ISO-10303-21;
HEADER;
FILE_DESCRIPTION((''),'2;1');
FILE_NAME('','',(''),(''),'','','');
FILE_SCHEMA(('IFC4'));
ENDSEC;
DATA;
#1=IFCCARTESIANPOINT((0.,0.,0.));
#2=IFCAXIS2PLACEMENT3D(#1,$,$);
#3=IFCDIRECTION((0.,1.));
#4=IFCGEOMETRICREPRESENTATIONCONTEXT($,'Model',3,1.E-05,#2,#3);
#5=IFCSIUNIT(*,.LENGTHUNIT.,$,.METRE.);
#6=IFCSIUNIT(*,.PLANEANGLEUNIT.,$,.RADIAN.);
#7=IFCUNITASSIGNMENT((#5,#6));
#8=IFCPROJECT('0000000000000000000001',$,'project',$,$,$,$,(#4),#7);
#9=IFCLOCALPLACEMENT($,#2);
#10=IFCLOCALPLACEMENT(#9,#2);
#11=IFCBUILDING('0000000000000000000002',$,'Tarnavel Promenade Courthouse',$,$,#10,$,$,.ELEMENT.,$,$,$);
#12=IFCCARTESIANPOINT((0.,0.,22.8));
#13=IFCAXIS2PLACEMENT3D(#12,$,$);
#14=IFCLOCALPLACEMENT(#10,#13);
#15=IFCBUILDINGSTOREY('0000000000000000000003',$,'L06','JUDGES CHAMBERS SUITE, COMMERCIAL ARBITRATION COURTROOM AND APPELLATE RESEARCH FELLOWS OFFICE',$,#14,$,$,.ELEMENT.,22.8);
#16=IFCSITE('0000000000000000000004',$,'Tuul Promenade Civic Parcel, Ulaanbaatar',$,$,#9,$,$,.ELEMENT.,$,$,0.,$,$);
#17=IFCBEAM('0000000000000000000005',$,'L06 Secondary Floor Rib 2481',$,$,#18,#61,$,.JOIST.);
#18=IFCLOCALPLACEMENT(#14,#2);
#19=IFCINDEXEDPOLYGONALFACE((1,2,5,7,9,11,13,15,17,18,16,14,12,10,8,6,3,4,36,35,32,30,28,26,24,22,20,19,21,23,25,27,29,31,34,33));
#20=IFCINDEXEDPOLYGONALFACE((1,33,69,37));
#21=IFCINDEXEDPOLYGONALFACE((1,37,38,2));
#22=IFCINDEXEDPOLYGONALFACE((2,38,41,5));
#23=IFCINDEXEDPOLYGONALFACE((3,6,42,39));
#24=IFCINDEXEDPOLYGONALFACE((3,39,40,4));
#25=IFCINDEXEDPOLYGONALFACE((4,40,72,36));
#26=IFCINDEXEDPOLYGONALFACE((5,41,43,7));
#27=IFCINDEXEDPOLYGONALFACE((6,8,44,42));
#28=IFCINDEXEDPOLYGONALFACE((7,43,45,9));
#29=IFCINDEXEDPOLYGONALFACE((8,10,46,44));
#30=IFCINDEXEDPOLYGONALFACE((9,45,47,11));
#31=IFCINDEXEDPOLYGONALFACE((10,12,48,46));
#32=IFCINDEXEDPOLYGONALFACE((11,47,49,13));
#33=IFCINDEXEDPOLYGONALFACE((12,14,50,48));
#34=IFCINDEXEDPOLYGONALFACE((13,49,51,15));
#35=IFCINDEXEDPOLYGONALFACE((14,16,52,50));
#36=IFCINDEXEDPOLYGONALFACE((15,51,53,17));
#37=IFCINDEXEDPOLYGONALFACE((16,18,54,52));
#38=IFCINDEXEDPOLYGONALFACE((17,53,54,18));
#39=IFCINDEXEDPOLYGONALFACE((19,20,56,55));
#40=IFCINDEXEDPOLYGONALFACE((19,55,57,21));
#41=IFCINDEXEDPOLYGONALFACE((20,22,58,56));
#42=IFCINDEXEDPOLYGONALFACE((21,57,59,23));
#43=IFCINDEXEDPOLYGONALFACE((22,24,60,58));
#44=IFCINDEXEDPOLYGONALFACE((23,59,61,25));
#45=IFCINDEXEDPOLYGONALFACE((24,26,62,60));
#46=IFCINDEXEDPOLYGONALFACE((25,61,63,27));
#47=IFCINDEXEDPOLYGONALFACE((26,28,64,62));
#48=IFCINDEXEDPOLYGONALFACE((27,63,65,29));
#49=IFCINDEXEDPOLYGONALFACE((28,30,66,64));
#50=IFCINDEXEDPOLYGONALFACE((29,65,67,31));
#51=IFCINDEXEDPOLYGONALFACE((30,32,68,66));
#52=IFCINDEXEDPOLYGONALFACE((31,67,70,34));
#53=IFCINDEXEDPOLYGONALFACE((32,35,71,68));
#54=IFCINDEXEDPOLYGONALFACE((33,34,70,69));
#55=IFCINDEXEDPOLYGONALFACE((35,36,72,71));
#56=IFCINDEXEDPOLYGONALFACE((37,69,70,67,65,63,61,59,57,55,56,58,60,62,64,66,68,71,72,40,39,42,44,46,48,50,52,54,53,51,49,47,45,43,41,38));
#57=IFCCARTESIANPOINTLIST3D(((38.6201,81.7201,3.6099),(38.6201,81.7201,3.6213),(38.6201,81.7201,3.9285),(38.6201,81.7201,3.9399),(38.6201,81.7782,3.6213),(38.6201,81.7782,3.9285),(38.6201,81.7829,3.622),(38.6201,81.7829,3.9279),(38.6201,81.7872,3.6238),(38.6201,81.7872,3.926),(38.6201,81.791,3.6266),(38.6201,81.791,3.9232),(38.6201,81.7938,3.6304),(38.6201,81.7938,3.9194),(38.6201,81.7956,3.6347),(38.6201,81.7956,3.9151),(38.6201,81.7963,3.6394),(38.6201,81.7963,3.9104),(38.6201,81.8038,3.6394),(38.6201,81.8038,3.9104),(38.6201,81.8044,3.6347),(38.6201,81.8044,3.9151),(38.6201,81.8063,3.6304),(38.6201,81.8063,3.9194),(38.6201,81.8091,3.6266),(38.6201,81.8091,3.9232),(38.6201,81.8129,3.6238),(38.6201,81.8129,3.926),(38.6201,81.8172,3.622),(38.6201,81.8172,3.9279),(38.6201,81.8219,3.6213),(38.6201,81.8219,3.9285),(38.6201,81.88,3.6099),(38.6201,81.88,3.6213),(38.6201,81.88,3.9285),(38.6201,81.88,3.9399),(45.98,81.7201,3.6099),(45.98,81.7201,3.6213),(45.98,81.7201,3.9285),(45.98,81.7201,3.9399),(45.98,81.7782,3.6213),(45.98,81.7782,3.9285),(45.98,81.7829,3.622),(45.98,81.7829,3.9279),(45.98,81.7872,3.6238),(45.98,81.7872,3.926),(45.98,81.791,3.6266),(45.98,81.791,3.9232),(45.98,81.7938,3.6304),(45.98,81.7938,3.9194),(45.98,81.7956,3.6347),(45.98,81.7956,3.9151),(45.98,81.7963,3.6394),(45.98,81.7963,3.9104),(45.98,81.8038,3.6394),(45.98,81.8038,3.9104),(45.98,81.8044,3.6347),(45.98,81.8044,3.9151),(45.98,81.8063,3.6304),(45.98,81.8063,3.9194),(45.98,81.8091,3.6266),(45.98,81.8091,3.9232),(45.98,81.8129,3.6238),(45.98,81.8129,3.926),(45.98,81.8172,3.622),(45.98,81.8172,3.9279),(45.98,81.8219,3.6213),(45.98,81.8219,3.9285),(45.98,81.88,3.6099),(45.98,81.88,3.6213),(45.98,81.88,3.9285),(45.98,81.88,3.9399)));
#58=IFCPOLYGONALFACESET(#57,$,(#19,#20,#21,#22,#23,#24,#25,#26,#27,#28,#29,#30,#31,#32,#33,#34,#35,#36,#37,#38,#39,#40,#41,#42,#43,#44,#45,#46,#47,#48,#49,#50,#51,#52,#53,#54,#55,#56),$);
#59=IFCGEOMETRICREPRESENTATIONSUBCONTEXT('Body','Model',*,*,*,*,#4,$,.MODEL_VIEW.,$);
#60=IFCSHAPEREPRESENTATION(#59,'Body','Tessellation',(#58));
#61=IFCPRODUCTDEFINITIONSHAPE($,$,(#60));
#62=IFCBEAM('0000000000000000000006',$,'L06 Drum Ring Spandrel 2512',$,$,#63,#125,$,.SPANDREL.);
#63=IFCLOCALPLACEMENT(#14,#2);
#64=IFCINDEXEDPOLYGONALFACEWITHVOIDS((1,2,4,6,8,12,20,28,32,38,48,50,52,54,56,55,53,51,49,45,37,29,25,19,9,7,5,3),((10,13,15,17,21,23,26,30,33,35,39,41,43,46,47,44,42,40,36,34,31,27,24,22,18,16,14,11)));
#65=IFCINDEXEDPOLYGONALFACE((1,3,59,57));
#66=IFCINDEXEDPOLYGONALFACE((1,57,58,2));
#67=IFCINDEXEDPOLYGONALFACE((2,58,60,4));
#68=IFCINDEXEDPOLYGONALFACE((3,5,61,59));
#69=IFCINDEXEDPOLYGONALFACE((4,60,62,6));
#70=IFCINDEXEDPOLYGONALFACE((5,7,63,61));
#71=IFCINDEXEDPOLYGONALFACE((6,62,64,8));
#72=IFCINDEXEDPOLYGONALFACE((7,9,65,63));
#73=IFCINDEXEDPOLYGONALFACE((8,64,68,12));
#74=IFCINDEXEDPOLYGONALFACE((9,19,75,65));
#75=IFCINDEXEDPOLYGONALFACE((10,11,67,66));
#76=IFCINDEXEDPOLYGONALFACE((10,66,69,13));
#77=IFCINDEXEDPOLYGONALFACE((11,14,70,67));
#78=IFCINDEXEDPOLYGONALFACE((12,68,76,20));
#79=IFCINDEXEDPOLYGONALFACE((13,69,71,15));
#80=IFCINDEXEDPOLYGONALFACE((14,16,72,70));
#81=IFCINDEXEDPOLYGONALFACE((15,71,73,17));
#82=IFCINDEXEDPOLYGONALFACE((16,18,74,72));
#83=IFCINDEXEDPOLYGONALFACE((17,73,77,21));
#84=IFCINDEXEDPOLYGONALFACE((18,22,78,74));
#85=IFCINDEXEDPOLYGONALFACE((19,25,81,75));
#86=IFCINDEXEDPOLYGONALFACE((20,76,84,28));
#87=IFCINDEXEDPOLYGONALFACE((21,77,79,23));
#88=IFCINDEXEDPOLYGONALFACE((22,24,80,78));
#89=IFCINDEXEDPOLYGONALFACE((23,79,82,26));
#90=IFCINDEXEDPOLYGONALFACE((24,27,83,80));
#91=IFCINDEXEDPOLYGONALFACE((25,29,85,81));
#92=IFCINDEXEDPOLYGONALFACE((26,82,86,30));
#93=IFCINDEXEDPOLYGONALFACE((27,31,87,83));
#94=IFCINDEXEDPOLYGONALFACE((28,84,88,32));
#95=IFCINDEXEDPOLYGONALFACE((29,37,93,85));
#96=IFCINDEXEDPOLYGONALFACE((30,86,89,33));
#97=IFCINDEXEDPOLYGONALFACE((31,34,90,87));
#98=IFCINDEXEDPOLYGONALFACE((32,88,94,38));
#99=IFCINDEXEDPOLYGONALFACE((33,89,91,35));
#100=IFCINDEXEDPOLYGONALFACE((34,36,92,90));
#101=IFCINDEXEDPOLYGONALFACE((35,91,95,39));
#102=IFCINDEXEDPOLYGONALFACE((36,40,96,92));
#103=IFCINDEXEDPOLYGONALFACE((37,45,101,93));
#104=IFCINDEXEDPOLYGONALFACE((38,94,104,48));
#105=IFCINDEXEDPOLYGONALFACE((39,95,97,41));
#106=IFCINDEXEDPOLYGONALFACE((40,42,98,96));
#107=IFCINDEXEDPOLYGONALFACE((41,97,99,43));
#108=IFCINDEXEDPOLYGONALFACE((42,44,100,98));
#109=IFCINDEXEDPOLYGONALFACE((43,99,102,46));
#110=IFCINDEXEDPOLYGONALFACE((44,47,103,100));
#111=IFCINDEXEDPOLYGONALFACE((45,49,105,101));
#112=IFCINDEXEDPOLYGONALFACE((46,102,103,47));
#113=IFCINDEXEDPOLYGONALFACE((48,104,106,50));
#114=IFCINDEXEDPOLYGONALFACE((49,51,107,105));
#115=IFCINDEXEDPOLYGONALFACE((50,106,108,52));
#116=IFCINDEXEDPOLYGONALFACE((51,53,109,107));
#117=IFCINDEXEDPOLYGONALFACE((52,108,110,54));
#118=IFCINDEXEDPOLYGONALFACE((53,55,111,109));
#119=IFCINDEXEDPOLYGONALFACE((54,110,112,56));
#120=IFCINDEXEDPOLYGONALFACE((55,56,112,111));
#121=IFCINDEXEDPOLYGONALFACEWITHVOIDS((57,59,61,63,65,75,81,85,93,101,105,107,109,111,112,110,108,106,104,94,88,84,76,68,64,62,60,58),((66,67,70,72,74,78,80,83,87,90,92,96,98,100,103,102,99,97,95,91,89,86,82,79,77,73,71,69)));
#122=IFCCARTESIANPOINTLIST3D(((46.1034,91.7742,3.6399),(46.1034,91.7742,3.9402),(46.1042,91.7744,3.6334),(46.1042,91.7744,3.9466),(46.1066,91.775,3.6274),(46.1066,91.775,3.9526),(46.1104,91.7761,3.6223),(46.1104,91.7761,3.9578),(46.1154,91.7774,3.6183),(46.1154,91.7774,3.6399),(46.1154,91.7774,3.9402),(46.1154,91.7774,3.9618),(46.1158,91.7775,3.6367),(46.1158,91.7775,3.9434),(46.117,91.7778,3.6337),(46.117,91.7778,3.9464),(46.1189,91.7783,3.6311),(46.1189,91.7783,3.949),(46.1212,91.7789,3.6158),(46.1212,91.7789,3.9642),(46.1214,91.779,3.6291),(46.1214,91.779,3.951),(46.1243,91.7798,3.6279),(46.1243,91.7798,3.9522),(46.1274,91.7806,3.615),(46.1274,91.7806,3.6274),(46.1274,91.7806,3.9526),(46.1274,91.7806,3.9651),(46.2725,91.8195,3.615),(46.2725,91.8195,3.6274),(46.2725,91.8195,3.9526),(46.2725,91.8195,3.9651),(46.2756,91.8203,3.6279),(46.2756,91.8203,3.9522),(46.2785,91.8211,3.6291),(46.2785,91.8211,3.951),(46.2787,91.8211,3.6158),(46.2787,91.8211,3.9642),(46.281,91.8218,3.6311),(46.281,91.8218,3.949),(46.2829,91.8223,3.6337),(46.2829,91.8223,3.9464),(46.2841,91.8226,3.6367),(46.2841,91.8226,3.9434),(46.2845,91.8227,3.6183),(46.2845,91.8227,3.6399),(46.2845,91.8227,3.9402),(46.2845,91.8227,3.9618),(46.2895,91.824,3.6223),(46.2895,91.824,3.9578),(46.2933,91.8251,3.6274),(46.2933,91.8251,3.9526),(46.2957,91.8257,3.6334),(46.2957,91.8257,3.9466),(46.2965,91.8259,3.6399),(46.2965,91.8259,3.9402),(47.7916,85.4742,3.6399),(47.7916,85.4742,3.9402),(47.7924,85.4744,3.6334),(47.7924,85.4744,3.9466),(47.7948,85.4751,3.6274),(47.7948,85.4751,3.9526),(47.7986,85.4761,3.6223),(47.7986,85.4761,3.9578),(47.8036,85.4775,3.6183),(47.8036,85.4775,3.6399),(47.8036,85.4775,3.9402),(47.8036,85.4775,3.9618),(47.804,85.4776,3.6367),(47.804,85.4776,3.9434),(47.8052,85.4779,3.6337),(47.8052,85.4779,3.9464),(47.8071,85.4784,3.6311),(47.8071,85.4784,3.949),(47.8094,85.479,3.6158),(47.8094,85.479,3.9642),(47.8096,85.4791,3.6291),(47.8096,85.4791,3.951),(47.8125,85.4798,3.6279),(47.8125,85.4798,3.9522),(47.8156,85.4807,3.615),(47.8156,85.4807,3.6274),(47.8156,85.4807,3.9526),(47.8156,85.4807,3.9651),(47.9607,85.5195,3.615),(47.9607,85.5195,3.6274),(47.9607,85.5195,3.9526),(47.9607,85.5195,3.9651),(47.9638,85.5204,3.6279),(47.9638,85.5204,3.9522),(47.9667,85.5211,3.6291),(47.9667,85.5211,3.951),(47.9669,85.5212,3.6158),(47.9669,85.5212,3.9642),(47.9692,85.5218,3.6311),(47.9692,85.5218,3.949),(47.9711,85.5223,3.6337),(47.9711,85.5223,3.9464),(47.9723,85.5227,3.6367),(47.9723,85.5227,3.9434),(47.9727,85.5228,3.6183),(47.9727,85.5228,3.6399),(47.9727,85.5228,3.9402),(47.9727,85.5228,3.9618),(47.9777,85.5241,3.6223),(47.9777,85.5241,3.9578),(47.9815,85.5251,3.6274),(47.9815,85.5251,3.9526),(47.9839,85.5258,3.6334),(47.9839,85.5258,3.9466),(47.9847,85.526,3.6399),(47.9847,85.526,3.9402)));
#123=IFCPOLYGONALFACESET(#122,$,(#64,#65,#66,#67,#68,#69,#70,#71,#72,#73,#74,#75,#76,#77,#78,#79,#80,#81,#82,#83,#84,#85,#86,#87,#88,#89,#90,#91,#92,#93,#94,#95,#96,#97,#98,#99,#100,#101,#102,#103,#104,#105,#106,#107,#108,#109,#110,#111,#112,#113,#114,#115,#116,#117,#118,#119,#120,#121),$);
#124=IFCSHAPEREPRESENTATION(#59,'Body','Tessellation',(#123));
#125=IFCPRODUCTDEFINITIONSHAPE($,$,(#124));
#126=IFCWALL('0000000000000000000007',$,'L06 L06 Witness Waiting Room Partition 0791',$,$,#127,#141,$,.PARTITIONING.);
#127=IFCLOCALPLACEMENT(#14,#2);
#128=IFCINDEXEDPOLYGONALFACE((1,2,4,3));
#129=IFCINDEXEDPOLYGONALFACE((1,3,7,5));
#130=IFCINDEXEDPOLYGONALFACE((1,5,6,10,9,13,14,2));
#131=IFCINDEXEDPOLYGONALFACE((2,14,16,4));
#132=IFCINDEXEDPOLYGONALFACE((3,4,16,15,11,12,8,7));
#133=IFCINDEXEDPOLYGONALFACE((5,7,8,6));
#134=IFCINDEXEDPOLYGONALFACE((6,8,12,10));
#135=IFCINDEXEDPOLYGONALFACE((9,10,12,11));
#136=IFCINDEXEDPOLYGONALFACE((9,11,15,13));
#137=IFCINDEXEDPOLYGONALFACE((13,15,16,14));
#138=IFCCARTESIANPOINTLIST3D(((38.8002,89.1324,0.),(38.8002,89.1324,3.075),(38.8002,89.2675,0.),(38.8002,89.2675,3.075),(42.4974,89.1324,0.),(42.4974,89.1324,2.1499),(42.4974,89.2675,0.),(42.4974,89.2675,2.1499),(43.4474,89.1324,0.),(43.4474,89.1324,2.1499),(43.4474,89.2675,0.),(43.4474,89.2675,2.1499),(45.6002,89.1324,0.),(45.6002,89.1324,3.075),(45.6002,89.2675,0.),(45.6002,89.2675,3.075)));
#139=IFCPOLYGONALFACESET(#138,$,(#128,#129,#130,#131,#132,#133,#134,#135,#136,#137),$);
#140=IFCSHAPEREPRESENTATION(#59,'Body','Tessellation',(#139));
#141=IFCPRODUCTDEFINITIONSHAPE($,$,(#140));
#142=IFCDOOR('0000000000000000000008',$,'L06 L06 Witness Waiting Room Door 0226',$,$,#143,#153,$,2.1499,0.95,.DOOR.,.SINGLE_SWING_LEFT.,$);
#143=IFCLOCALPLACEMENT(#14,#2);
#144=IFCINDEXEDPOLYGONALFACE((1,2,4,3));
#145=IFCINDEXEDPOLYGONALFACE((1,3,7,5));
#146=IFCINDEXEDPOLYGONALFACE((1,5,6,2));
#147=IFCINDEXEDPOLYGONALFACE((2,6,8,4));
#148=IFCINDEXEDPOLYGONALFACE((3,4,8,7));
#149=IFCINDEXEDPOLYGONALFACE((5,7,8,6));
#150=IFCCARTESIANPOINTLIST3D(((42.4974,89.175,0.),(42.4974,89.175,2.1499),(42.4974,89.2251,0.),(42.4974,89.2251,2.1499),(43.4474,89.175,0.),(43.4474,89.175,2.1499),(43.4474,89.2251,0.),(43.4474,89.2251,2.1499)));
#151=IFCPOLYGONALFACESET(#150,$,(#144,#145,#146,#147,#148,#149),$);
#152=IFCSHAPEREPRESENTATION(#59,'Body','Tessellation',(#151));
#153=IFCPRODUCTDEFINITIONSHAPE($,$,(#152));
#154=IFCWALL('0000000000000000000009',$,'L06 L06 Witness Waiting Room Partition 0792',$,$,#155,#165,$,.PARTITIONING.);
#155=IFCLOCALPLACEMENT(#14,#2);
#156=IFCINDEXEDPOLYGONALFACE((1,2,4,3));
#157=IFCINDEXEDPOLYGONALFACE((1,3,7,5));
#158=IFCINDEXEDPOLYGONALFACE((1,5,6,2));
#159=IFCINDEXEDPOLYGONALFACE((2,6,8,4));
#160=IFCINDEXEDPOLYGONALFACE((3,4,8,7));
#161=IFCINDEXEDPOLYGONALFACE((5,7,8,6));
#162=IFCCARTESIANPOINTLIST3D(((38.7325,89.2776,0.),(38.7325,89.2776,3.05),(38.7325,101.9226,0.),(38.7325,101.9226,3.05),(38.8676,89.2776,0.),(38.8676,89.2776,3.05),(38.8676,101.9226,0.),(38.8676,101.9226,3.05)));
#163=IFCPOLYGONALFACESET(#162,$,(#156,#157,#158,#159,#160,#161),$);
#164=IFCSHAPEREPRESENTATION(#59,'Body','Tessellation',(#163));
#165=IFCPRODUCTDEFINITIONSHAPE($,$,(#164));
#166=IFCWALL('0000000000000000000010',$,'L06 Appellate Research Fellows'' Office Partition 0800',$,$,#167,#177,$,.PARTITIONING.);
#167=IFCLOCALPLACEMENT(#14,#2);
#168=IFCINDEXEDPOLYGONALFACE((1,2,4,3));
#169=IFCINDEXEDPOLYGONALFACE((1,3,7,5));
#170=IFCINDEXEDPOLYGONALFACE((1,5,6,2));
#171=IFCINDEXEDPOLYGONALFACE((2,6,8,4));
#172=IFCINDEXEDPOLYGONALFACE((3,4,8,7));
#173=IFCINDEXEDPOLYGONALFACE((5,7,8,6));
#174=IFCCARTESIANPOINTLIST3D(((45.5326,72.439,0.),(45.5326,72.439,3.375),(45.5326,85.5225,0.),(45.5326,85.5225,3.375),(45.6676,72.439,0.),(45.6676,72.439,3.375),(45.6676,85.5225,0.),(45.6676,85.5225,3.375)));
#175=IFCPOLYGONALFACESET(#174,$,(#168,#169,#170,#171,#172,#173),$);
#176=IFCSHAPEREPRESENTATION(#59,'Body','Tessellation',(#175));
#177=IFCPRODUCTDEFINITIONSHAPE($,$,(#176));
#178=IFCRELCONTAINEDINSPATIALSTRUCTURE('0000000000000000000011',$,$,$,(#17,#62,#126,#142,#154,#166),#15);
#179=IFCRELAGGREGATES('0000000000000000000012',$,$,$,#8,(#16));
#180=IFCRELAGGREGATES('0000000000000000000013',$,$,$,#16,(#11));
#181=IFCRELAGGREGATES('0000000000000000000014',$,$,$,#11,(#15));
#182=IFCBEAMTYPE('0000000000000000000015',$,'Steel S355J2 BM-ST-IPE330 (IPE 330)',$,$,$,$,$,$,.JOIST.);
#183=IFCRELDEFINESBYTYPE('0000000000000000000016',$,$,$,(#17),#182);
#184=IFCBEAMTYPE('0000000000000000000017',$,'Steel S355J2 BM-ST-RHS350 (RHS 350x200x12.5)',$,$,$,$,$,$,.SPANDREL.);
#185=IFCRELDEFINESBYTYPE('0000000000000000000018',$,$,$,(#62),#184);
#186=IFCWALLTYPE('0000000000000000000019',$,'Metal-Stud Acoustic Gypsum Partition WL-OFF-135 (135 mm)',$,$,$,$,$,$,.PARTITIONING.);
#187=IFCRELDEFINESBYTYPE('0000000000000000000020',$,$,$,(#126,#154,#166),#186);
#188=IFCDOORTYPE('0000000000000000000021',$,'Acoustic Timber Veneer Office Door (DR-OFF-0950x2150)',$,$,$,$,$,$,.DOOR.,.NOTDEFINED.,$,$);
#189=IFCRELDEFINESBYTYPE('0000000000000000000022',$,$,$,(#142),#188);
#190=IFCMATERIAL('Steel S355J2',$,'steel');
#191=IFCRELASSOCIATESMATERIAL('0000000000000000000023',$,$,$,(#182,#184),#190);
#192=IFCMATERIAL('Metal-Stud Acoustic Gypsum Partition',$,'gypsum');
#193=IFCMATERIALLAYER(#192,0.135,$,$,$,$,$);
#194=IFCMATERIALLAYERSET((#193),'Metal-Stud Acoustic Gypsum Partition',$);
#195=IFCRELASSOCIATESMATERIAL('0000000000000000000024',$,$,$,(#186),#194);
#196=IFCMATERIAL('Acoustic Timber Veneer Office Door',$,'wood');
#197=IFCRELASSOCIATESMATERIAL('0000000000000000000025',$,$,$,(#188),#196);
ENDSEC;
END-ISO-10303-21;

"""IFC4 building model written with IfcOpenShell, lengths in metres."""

from ifc_helpers import new_model, si_unit, direction, frame, frame_2d, origin, origin_2d, place, context, subcontext, project, spatial, rectangle, hollow_rectangle, i_section, extrude, material, layer, layer_set, material_profile, profile_set, type_object, element, fill, save


model = new_model("IFC4")

# Units and contexts
model_context = context("Model", 3, precision=1e-05, world=origin(), true_north=direction((0.0, 1.0)))
body_context = subcontext(model_context, "Body", "Model", "MODEL_VIEW")
ifc_project = project(units=[si_unit("LENGTHUNIT", "METRE"), si_unit("PLANEANGLEUNIT", "RADIAN")], contexts=[model_context])

# Site, building, storey
site_placement = place(None, origin())
site = spatial("IfcSite", under=ifc_project, at=site_placement, Name="Tuul Promenade Civic Parcel, Ulaanbaatar", CompositionType="ELEMENT", RefElevation=0.0)
building_placement = place(site_placement, origin())
building = spatial("IfcBuilding", under=site, at=building_placement, Name="Tarnavel Promenade Courthouse", CompositionType="ELEMENT")
storey_placement = place(building_placement, frame((0.0, 0.0, 22.8)))
storey = spatial("IfcBuildingStorey", under=building, at=storey_placement, Name="L06", Description="JUDGES CHAMBERS SUITE, COMMERCIAL ARBITRATION COURTROOM AND APPELLATE RESEARCH FELLOWS OFFICE", CompositionType="ELEMENT", Elevation=22.8)

# Beams
ifc_material_1 = material(Name="Steel S355J2", Category="steel")
ifc_material_profile_1 = material_profile(ifc_material_1, i_section(OverallWidth=0.1599, OverallDepth=0.3301, WebThickness=0.0076, FlangeThickness=0.0115, FilletRadius=0.0181, at=origin_2d()), Name="IPE 330")
ifc_profile_set_1 = profile_set([ifc_material_profile_1], Name="Steel S355J2")
beam_type_1 = type_object("IfcBeamType", Name="Steel S355J2 BM-ST-IPE330 (IPE 330)", PredefinedType="JOIST", material=ifc_profile_set_1)
beam_1_placement = place(storey_placement, frame((38.6201, 81.8, 3.7749), z_axis=(1.0, 0.0, 0.0), x_axis=(0.0, 1.0, 0.0)))
element("IfcBeam", 1, at=beam_1_placement, inside=storey, type_object=beam_type_1, Name="L06 Secondary Floor Rib 2481", PredefinedType="JOIST", context=body_context, shape_type="SweptSolid", body=[
    extrude(i_section(OverallWidth=0.1599, OverallDepth=0.3301, WebThickness=0.0076, FlangeThickness=0.0115, FilletRadius=0.0181, at=origin_2d()), origin(), (0.0, 0.0, 1.0), 7.3599),
])
ifc_material_profile_2 = material_profile(ifc_material_1, hollow_rectangle(XDim=0.2, YDim=0.3501, WallThickness=0.0125, InnerFilletRadius=0.0125, OuterFilletRadius=0.0249, at=origin_2d()), Name="RHS 350x200x12.5")
ifc_profile_set_2 = profile_set([ifc_material_profile_2], Name="Steel S355J2")
beam_type_2 = type_object("IfcBeamType", Name="Steel S355J2 BM-ST-RHS350 (RHS 350x200x12.5)", PredefinedType="SPANDREL", material=ifc_profile_set_2)
beam_2_placement = place(storey_placement, frame((46.2, 91.8, 3.79), z_axis=(0.258839, -0.96592, 0.0), x_axis=(0.96592, 0.258839, 0.0)))
element("IfcBeam", 2, at=beam_2_placement, inside=storey, type_object=beam_type_2, Name="L06 Drum Ring Spandrel 2512", PredefinedType="SPANDREL", context=body_context, shape_type="SweptSolid", body=[
    extrude(hollow_rectangle(XDim=0.2, YDim=0.3501, WallThickness=0.0125, InnerFilletRadius=0.0125, OuterFilletRadius=0.0249, at=origin_2d()), origin(), (0.0, 0.0, 1.0), 6.5222),
])

# Wall, opening, door
ifc_material_2 = material(Name="Metal-Stud Acoustic Gypsum Partition", Category="gypsum")
ifc_layer_1 = layer(ifc_material_2, 0.135)
ifc_layer_set_1 = layer_set([ifc_layer_1], Name="Metal-Stud Acoustic Gypsum Partition")
wall_type = type_object("IfcWallType", Name="Metal-Stud Acoustic Gypsum Partition WL-OFF-135 (135 mm)", PredefinedType="PARTITIONING", material=ifc_layer_set_1)
wall_1_placement = place(storey_placement, frame((45.6001, 89.2, 0.0), z_axis=(0.0, 0.0, 1.0), x_axis=(-1.0, 0.0, 0.0)))
wall_1 = element("IfcWall", 3, at=wall_1_placement, inside=storey, type_object=wall_type, Name="L06 L06 Witness Waiting Room Partition 0791", PredefinedType="PARTITIONING", context=body_context, shape_type="SweptSolid", body=[
    extrude(rectangle(XDim=6.8, YDim=0.135, at=frame_2d((3.3999, 0.0))), origin(), (0.0, 0.0, 1.0), 3.075),
])
opening_placement = place(wall_1_placement, frame((2.1526, 0.0, 0.0)))
opening = element("IfcOpeningElement", 4, at=opening_placement, cuts=wall_1, PredefinedType="OPENING", context=body_context, shape_type="SweptSolid", body=[
    extrude(rectangle(XDim=0.95, YDim=2.1499, at=frame_2d((0.4751, 1.075))), frame((0.0, 0.0774, 0.0), z_axis=(0.0, -1.0, 0.0), x_axis=(1.0, 0.0, 0.0)), (0.0, 0.0, 1.0), 0.155),
])
ifc_material_3 = material(Name="Acoustic Timber Veneer Office Door", Category="wood")
door_type = type_object("IfcDoorType", Name="Acoustic Timber Veneer Office Door (DR-OFF-0950x2150)", OperationType="NOTDEFINED", PredefinedType="DOOR", material=ifc_material_3)
door_placement = place(opening_placement, origin())
door = element("IfcDoor", 5, at=door_placement, inside=storey, type_object=door_type, Name="L06 L06 Witness Waiting Room Door 0226", OperationType="SINGLE_SWING_LEFT", OverallHeight=2.1499, OverallWidth=0.95, PredefinedType="DOOR", context=body_context, shape_type="SweptSolid", body=[
    extrude(rectangle(XDim=0.95, YDim=2.1499, at=frame_2d((0.4751, 1.075))), frame((0.0, 0.0249, 0.0), z_axis=(0.0, -1.0, 0.0), x_axis=(1.0, 0.0, 0.0)), (0.0, 0.0, 1.0), 0.05),
])
fill(opening, door)

# Walls
wall_2_placement = place(storey_placement, frame((38.8, 89.2776, 0.0), z_axis=(0.0, 0.0, 1.0), x_axis=(0.0, 1.0, 0.0)))
element("IfcWall", 6, at=wall_2_placement, inside=storey, type_object=wall_type, Name="L06 L06 Witness Waiting Room Partition 0792", PredefinedType="PARTITIONING", context=body_context, shape_type="SweptSolid", body=[
    extrude(rectangle(XDim=12.645, YDim=0.135, at=frame_2d((6.3225, 0.0))), origin(), (0.0, 0.0, 1.0), 3.05),
])
wall_3_placement = place(storey_placement, frame((45.6001, 85.5225, 0.0), z_axis=(0.0, 0.0, 1.0), x_axis=(0.0, -1.0, 0.0)))
element("IfcWall", 7, at=wall_3_placement, inside=storey, type_object=wall_type, Name="L06 Appellate Research Fellows' Office Partition 0800", PredefinedType="PARTITIONING", context=body_context, shape_type="SweptSolid", body=[
    extrude(rectangle(XDim=13.0835, YDim=0.135, at=frame_2d((6.5417, 0.0))), origin(), (0.0, 0.0, 1.0), 3.375),
])

save(model, "model.ifc")
